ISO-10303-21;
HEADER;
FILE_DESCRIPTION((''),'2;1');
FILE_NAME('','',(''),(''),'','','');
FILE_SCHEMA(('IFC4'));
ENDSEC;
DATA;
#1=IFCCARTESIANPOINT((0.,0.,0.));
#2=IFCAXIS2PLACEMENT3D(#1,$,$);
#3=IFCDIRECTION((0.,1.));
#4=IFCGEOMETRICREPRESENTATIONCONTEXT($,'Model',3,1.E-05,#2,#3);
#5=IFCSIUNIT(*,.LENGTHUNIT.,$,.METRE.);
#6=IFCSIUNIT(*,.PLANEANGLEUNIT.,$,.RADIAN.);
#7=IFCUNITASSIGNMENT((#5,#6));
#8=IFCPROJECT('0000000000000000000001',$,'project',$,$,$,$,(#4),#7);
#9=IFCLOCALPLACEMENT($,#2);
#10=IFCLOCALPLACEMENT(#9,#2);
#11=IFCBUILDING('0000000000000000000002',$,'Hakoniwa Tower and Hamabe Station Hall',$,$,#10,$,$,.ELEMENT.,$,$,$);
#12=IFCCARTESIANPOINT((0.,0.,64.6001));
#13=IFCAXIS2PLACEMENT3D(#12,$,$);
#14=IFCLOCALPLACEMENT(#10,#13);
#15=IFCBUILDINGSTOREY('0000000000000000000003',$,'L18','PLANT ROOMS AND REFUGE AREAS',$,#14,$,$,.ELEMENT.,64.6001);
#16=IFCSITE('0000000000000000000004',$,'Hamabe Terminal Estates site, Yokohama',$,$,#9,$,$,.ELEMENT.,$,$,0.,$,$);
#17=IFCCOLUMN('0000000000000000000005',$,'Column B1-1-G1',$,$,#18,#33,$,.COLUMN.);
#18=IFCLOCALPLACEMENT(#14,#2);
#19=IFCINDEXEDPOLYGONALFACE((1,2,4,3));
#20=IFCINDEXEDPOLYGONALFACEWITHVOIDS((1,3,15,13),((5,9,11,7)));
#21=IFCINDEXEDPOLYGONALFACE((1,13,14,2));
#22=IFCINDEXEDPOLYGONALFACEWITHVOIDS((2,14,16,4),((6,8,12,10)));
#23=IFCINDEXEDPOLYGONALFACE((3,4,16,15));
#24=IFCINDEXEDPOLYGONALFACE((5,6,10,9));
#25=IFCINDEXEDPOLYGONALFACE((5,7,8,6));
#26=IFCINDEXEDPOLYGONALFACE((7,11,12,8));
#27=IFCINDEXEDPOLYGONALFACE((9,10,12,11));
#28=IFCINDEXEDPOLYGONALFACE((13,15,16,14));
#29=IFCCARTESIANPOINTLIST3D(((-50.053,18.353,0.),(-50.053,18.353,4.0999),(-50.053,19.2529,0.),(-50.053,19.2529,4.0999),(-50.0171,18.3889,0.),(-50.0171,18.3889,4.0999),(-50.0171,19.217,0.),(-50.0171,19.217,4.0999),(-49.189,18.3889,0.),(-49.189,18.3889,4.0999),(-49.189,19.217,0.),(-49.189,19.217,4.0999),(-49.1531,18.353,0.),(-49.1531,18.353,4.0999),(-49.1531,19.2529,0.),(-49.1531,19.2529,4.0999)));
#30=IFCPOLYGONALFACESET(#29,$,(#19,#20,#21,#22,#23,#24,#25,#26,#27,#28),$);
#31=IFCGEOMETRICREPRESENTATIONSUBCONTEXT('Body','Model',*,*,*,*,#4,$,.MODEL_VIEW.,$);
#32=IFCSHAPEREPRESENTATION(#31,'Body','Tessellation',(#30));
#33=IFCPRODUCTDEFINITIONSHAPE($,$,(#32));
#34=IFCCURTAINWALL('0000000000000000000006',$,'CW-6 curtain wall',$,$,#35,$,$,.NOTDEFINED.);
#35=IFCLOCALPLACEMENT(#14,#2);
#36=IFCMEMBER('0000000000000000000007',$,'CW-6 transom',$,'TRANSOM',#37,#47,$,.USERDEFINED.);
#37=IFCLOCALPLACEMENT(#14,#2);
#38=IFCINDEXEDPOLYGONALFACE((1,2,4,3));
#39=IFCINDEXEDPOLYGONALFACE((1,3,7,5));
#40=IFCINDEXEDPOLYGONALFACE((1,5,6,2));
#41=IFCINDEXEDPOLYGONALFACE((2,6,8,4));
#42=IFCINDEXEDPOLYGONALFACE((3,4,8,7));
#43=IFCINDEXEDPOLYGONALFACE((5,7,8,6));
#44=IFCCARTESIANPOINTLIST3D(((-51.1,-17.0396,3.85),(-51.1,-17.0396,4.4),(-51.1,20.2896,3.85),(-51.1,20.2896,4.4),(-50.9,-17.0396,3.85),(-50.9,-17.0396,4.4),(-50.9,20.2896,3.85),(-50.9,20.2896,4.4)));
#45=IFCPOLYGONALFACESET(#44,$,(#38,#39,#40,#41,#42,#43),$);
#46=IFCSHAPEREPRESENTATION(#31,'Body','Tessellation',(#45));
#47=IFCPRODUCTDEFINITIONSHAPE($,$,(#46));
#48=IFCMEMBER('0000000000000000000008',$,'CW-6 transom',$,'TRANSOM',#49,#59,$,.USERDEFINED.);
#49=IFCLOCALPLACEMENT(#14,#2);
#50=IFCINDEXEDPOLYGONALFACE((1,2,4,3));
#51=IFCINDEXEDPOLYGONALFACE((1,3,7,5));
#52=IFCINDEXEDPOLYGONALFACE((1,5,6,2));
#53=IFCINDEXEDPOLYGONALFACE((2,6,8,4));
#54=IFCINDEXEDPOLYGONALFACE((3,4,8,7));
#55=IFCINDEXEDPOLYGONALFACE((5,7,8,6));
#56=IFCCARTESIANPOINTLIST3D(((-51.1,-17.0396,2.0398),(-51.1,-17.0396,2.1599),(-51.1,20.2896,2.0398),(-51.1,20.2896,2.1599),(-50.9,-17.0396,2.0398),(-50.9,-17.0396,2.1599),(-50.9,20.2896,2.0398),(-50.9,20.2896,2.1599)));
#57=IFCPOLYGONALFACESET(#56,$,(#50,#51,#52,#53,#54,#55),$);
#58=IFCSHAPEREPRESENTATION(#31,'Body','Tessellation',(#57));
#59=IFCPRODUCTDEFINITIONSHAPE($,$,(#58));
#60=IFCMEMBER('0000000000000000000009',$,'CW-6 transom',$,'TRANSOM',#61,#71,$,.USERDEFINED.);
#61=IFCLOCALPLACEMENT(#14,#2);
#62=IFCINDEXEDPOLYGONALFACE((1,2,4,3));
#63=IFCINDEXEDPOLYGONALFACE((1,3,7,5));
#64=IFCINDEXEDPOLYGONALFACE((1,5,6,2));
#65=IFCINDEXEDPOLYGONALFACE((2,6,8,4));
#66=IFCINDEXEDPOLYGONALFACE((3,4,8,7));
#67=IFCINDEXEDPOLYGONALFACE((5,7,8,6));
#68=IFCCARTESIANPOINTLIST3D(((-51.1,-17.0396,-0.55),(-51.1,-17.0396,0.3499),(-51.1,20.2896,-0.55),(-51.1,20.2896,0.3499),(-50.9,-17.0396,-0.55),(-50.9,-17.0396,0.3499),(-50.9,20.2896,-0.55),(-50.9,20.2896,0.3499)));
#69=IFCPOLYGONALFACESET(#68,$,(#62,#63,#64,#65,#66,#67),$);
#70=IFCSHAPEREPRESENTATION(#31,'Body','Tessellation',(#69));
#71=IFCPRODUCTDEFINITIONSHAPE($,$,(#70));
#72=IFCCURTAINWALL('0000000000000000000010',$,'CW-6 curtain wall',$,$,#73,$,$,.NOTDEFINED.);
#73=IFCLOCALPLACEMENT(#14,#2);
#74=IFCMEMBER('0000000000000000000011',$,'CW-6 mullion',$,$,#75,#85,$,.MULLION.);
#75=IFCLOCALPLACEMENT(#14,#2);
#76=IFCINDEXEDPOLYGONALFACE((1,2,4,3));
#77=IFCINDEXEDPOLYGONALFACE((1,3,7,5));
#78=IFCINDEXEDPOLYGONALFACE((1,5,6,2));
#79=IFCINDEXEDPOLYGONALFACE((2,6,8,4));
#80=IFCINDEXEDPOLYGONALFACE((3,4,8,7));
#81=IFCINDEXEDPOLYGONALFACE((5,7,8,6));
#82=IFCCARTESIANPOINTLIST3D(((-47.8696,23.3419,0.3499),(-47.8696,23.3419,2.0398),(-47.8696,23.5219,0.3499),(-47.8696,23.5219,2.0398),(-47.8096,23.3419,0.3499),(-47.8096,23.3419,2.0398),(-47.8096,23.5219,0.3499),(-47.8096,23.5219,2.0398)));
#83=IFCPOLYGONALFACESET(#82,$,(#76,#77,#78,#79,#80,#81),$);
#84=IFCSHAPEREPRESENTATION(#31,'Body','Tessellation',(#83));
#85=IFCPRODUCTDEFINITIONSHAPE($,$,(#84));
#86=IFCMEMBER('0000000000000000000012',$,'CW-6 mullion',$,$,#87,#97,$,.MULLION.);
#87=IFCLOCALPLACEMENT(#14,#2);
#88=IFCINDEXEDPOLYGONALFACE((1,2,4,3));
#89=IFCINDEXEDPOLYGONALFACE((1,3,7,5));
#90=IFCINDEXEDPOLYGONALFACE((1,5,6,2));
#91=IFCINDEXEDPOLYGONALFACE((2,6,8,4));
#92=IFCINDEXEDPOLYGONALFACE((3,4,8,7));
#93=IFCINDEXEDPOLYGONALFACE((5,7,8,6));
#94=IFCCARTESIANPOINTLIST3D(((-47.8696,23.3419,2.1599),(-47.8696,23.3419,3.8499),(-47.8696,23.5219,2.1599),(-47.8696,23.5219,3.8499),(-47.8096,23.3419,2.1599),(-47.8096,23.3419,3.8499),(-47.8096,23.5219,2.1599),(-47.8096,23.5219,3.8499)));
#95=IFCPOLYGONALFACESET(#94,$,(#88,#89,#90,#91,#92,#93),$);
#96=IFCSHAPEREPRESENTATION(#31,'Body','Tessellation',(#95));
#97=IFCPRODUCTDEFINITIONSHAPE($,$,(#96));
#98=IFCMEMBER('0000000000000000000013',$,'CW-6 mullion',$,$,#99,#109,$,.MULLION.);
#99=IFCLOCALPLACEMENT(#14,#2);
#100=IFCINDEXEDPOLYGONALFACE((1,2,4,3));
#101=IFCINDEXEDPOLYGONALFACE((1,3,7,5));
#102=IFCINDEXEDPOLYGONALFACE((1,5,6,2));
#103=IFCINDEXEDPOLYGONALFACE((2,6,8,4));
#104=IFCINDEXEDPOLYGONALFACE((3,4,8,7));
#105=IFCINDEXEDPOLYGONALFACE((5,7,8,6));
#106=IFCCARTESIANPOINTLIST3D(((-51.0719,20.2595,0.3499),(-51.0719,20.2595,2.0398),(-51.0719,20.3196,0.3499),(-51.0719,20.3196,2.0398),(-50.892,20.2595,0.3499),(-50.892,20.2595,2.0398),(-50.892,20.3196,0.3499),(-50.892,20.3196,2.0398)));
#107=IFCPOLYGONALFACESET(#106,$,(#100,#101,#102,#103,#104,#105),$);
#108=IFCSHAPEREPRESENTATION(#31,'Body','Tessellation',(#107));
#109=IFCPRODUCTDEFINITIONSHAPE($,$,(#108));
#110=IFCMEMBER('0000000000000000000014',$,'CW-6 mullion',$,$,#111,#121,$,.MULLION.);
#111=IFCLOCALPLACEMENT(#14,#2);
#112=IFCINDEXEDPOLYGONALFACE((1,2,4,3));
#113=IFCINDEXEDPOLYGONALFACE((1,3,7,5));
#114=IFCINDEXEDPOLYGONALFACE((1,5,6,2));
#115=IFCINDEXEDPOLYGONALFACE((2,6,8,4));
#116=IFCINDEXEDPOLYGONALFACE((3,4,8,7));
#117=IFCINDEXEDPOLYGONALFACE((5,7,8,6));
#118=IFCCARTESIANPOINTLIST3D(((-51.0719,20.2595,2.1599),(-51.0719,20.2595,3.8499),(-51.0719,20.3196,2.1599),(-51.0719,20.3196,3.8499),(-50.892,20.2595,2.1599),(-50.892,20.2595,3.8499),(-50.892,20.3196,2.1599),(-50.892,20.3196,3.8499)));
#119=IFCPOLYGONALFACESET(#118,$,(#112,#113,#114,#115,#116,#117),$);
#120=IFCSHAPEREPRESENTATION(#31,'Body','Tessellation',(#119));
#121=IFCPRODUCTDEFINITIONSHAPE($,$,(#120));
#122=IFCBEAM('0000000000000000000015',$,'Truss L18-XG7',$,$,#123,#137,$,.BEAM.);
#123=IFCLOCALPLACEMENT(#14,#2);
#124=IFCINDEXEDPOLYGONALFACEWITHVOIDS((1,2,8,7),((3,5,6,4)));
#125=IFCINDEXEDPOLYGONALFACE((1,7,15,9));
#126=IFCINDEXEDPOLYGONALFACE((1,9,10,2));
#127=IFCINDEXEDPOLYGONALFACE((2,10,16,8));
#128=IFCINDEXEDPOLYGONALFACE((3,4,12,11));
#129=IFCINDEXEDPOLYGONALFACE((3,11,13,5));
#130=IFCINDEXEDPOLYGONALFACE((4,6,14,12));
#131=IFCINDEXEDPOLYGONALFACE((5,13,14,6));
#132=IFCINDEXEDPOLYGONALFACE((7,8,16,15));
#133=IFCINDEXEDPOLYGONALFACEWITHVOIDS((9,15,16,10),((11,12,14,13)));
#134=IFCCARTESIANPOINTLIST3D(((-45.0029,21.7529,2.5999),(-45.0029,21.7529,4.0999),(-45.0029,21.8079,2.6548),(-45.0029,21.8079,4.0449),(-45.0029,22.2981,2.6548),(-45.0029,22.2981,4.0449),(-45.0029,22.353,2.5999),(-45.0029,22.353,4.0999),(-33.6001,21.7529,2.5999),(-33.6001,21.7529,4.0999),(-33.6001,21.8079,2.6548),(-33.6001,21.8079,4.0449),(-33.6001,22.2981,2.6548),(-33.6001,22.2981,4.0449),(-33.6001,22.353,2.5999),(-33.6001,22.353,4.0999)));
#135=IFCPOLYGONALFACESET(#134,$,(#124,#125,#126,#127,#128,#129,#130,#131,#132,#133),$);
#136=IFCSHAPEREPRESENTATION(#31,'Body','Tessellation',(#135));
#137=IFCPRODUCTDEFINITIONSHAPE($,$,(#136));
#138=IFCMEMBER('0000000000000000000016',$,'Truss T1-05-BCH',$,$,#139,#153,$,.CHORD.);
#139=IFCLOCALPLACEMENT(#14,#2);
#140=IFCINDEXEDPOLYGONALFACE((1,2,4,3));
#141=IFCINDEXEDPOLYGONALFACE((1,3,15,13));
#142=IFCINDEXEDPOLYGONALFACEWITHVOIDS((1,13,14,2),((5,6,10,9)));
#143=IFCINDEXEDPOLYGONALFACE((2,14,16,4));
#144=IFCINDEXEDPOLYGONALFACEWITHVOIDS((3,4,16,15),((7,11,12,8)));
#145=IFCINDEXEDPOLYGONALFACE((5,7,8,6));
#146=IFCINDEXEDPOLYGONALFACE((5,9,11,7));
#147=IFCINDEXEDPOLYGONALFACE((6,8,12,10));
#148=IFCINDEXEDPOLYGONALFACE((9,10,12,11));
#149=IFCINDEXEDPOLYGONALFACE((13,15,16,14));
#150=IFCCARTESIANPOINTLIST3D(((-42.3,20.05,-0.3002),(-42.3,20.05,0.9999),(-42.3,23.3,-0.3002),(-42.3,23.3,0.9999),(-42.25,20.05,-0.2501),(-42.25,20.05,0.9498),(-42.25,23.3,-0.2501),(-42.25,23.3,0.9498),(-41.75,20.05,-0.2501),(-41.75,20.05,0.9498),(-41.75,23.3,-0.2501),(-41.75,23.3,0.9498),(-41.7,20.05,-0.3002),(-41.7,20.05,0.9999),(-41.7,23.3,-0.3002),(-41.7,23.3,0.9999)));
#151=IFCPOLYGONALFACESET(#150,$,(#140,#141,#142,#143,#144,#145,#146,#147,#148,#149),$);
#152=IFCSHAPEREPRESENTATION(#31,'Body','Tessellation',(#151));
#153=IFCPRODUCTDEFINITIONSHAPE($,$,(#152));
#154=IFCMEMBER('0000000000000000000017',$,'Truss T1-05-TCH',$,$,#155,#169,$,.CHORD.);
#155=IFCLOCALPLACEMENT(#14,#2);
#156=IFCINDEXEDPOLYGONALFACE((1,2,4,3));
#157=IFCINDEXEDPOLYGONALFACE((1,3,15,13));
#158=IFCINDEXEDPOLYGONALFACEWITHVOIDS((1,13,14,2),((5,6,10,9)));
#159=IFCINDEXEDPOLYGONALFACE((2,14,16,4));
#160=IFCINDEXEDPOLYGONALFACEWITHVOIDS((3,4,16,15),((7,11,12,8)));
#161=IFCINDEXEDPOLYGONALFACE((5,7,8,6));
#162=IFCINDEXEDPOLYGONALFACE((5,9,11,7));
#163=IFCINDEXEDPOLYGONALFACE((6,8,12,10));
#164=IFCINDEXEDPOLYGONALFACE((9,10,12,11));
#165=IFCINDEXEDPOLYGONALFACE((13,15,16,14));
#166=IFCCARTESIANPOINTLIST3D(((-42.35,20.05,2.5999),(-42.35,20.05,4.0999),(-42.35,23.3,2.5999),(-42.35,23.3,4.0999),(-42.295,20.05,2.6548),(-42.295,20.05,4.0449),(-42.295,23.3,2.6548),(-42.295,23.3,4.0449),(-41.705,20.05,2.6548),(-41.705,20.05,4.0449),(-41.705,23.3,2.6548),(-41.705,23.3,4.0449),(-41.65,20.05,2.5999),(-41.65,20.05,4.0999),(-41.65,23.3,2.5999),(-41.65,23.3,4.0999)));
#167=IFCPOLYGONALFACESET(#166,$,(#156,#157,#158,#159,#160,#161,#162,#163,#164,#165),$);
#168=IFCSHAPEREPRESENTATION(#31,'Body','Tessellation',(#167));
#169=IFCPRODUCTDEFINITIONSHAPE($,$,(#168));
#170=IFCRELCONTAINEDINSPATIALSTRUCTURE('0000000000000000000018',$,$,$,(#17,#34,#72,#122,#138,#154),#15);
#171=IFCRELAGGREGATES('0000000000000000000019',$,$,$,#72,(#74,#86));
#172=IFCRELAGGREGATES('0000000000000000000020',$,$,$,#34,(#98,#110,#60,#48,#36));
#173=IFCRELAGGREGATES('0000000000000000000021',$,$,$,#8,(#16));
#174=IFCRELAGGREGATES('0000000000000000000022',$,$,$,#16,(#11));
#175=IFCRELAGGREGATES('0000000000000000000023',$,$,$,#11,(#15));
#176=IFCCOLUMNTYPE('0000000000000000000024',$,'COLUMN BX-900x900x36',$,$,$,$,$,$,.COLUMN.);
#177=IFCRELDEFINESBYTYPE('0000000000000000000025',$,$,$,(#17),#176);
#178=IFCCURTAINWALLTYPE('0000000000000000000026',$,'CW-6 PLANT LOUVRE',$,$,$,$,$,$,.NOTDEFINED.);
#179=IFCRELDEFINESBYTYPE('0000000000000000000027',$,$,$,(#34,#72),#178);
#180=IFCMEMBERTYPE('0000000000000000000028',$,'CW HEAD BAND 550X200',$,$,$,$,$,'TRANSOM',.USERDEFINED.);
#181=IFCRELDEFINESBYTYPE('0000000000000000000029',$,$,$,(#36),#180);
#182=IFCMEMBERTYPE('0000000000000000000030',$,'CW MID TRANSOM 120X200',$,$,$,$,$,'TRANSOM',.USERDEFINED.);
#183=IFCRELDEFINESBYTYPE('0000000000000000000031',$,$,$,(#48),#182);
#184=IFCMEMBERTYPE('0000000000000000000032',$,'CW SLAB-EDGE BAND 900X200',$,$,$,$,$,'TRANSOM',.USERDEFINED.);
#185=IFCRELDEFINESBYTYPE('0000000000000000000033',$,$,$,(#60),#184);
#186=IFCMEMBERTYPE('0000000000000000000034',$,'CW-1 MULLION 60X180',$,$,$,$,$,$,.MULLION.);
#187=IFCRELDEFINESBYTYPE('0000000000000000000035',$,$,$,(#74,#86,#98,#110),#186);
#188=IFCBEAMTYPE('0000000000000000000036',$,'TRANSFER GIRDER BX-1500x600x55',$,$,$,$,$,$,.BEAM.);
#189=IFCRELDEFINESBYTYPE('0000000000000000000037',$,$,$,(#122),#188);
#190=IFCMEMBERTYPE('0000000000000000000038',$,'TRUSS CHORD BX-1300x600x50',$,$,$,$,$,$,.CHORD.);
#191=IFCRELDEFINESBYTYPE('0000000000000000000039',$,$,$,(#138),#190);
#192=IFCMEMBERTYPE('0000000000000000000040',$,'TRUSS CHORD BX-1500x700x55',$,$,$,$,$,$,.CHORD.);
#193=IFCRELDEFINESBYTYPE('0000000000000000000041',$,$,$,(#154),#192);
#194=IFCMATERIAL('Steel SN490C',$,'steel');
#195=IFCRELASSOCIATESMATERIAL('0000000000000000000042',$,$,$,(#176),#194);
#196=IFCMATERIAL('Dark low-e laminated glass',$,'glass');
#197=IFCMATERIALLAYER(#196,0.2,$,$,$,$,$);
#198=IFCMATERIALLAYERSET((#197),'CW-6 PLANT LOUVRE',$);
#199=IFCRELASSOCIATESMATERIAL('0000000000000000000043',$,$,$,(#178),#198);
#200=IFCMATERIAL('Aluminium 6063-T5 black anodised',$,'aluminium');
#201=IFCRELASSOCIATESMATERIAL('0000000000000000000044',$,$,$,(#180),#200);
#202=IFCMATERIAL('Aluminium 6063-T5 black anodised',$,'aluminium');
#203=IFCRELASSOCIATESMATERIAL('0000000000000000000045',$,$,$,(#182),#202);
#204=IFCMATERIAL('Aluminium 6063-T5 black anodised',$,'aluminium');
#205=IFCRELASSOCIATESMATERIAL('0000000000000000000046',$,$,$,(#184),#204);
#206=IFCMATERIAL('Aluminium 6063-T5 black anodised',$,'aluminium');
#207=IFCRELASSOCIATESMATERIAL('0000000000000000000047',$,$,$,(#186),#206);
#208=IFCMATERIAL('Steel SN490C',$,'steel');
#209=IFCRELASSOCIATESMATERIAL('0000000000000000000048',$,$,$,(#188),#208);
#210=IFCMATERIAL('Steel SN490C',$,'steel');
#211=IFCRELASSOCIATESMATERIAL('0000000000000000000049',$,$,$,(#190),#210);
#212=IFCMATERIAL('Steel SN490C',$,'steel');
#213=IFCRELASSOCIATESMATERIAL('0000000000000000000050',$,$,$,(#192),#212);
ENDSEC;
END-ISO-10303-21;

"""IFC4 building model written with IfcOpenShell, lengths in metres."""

from ifc_helpers import new_model, si_unit, direction, frame, origin, origin_2d, place, context, subcontext, project, spatial, rectangle, hollow_rectangle, extrude, material, layer, layer_set, material_profile, profile_set, type_object, element, aggregate, save


model = new_model("IFC4")

# Units and contexts
model_context = context("Model", 3, precision=1e-05, world=origin(), true_north=direction((0.0, 1.0)))
body_context = subcontext(model_context, "Body", "Model", "MODEL_VIEW")
ifc_project = project(units=[si_unit("LENGTHUNIT", "METRE"), si_unit("PLANEANGLEUNIT", "RADIAN")], contexts=[model_context])

# Site, building, storey
site_placement = place(None, origin())
site = spatial("IfcSite", under=ifc_project, at=site_placement, Name="Hamabe Terminal Estates site, Yokohama", CompositionType="ELEMENT", RefElevation=0.0)
building_placement = place(site_placement, origin())
building = spatial("IfcBuilding", under=site, at=building_placement, Name="Hakoniwa Tower and Hamabe Station Hall", CompositionType="ELEMENT")
storey_placement = place(building_placement, frame((0.0, 0.0, 64.6001)))
storey = spatial("IfcBuildingStorey", under=building, at=storey_placement, Name="L18", Description="PLANT ROOMS AND REFUGE AREAS", CompositionType="ELEMENT", Elevation=64.6001)

# Column
ifc_material_1 = material(Name="Steel SN490C", Category="steel")
ifc_material_profile_1 = material_profile(ifc_material_1, hollow_rectangle(XDim=0.8999, YDim=0.8999, WallThickness=0.0359, at=origin_2d()), Name="BX-900x900x36")
ifc_profile_set_1 = profile_set([ifc_material_profile_1], Name="Steel SN490C")
column_type = type_object("IfcColumnType", Name="COLUMN BX-900x900x36", PredefinedType="COLUMN", material=ifc_profile_set_1)
column_placement = place(storey_placement, frame((-49.603, 18.803, 0.0), z_axis=(0.0, 0.0, 1.0), x_axis=(1.0, 0.0, 0.0)))
element("IfcColumn", 1, at=column_placement, inside=storey, type_object=column_type, Name="Column B1-1-G1", PredefinedType="COLUMN", context=body_context, shape_type="SweptSolid", body=[
    extrude(hollow_rectangle(XDim=0.8999, YDim=0.8999, WallThickness=0.0359, at=origin_2d()), origin(), (0.0, 0.0, 1.0), 4.0999),
])

# Curtain walls, members
ifc_material_2 = material(Name="Dark low-e laminated glass", Category="glass")
ifc_layer_1 = layer(ifc_material_2, 0.2)
ifc_layer_set_1 = layer_set([ifc_layer_1], Name="CW-6 PLANT LOUVRE")
curtain_wall_type = type_object("IfcCurtainWallType", Name="CW-6 PLANT LOUVRE", PredefinedType="NOTDEFINED", material=ifc_layer_set_1)
curtain_wall_1_placement = place(storey_placement, origin())
curtain_wall_1 = element("IfcCurtainWall", 2, at=curtain_wall_1_placement, inside=storey, type_object=curtain_wall_type, Name="CW-6 curtain wall", PredefinedType="NOTDEFINED")
ifc_material_3 = material(Name="Aluminium 6063-T5 black anodised", Category="aluminium")
ifc_material_profile_2 = material_profile(ifc_material_3, rectangle(XDim=0.2, YDim=0.55, at=origin_2d()), Name="CW HEAD BAND 550X200")
ifc_profile_set_2 = profile_set([ifc_material_profile_2], Name="Aluminium 6063-T5 black anodised")
member_type_1 = type_object("IfcMemberType", Name="CW HEAD BAND 550X200", ElementType="TRANSOM", PredefinedType="USERDEFINED", material=ifc_profile_set_2)
member_1_placement = place(storey_placement, frame((-51.0, 20.2896, 4.125), z_axis=(0.0, -1.0, 0.0), x_axis=(1.0, 0.0, 0.0)))
member_1 = element("IfcMember", 3, at=member_1_placement, type_object=member_type_1, Name="CW-6 transom", ObjectType="TRANSOM", PredefinedType="USERDEFINED", context=body_context, shape_type="SweptSolid", body=[
    extrude(rectangle(XDim=0.2, YDim=0.55, at=origin_2d()), origin(), (0.0, 0.0, 1.0), 37.3291),
])
ifc_material_4 = material(Name="Aluminium 6063-T5 black anodised", Category="aluminium")
ifc_material_profile_3 = material_profile(ifc_material_4, rectangle(XDim=0.2, YDim=0.1201, at=origin_2d()), Name="CW MID TRANSOM 120X200")
ifc_profile_set_3 = profile_set([ifc_material_profile_3], Name="Aluminium 6063-T5 black anodised")
member_type_2 = type_object("IfcMemberType", Name="CW MID TRANSOM 120X200", ElementType="TRANSOM", PredefinedType="USERDEFINED", material=ifc_profile_set_3)
member_2_placement = place(storey_placement, frame((-51.0, 20.2896, 2.0999), z_axis=(0.0, -1.0, 0.0), x_axis=(1.0, 0.0, 0.0)))
member_2 = element("IfcMember", 4, at=member_2_placement, type_object=member_type_2, Name="CW-6 transom", ObjectType="TRANSOM", PredefinedType="USERDEFINED", context=body_context, shape_type="SweptSolid", body=[
    extrude(rectangle(XDim=0.2, YDim=0.1201, at=origin_2d()), origin(), (0.0, 0.0, 1.0), 37.3291),
])
ifc_material_5 = material(Name="Aluminium 6063-T5 black anodised", Category="aluminium")
ifc_material_profile_4 = material_profile(ifc_material_5, rectangle(XDim=0.2, YDim=0.8999, at=origin_2d()), Name="CW SLAB-EDGE BAND 900X200")
ifc_profile_set_4 = profile_set([ifc_material_profile_4], Name="Aluminium 6063-T5 black anodised")
member_type_3 = type_object("IfcMemberType", Name="CW SLAB-EDGE BAND 900X200", ElementType="TRANSOM", PredefinedType="USERDEFINED", material=ifc_profile_set_4)
member_3_placement = place(storey_placement, frame((-51.0, 20.2896, -0.1001), z_axis=(0.0, -1.0, 0.0), x_axis=(1.0, 0.0, 0.0)))
member_3 = element("IfcMember", 5, at=member_3_placement, type_object=member_type_3, Name="CW-6 transom", ObjectType="TRANSOM", PredefinedType="USERDEFINED", context=body_context, shape_type="SweptSolid", body=[
    extrude(rectangle(XDim=0.2, YDim=0.8999, at=origin_2d()), origin(), (0.0, 0.0, 1.0), 37.3291),
])
curtain_wall_2_placement = place(storey_placement, origin())
curtain_wall_2 = element("IfcCurtainWall", 6, at=curtain_wall_2_placement, inside=storey, type_object=curtain_wall_type, Name="CW-6 curtain wall", PredefinedType="NOTDEFINED")
ifc_material_6 = material(Name="Aluminium 6063-T5 black anodised", Category="aluminium")
ifc_material_profile_5 = material_profile(ifc_material_6, rectangle(XDim=0.0601, YDim=0.1799, at=origin_2d()), Name="CW-1 MULLION 60X180")
ifc_profile_set_5 = profile_set([ifc_material_profile_5], Name="Aluminium 6063-T5 black anodised")
member_type_4 = type_object("IfcMemberType", Name="CW-1 MULLION 60X180", PredefinedType="MULLION", material=ifc_profile_set_5)
member_4_placement = place(storey_placement, frame((-47.8396, 23.4319, 0.3499), z_axis=(0.0, 0.0, 1.0), x_axis=(-1.0, 0.0, 0.0)))
member_4 = element("IfcMember", 7, at=member_4_placement, type_object=member_type_4, Name="CW-6 mullion", PredefinedType="MULLION", context=body_context, shape_type="SweptSolid", body=[
    extrude(rectangle(XDim=0.0601, YDim=0.1799, at=origin_2d()), origin(), (0.0, 0.0, 1.0), 1.6899),
])
member_5_placement = place(storey_placement, frame((-47.8396, 23.4319, 2.1599), z_axis=(0.0, 0.0, 1.0), x_axis=(-1.0, 0.0, 0.0)))
member_5 = element("IfcMember", 8, at=member_5_placement, type_object=member_type_4, Name="CW-6 mullion", PredefinedType="MULLION", context=body_context, shape_type="SweptSolid", body=[
    extrude(rectangle(XDim=0.0601, YDim=0.1799, at=origin_2d()), origin(), (0.0, 0.0, 1.0), 1.6899),
])

# Members
member_6_placement = place(storey_placement, frame((-50.9819, 20.2896, 0.3499), z_axis=(0.0, 0.0, 1.0), x_axis=(0.0, -1.0, 0.0)))
member_6 = element("IfcMember", 9, at=member_6_placement, type_object=member_type_4, Name="CW-6 mullion", PredefinedType="MULLION", context=body_context, shape_type="SweptSolid", body=[
    extrude(rectangle(XDim=0.0601, YDim=0.1799, at=origin_2d()), origin(), (0.0, 0.0, 1.0), 1.6899),
])
member_7_placement = place(storey_placement, frame((-50.9819, 20.2896, 2.1599), z_axis=(0.0, 0.0, 1.0), x_axis=(0.0, -1.0, 0.0)))
member_7 = element("IfcMember", 10, at=member_7_placement, type_object=member_type_4, Name="CW-6 mullion", PredefinedType="MULLION", context=body_context, shape_type="SweptSolid", body=[
    extrude(rectangle(XDim=0.0601, YDim=0.1799, at=origin_2d()), origin(), (0.0, 0.0, 1.0), 1.6899),
])

# Beam
ifc_material_7 = material(Name="Steel SN490C", Category="steel")
ifc_material_profile_6 = material_profile(ifc_material_7, hollow_rectangle(XDim=0.6001, YDim=1.5, WallThickness=0.0549, at=origin_2d()), Name="BX-1500x600x55")
ifc_profile_set_6 = profile_set([ifc_material_profile_6], Name="Steel SN490C")
beam_type = type_object("IfcBeamType", Name="TRANSFER GIRDER BX-1500x600x55", PredefinedType="BEAM", material=ifc_profile_set_6)
beam_placement = place(storey_placement, frame((-45.0029, 22.053, 3.3499), z_axis=(1.0, 0.0, 0.0), x_axis=(0.0, 1.0, 0.0)))
element("IfcBeam", 11, at=beam_placement, inside=storey, type_object=beam_type, Name="Truss L18-XG7", PredefinedType="BEAM", context=body_context, shape_type="SweptSolid", body=[
    extrude(hollow_rectangle(XDim=0.6001, YDim=1.5, WallThickness=0.0549, at=origin_2d()), origin(), (0.0, 0.0, 1.0), 11.4028),
])

# Members
ifc_material_8 = material(Name="Steel SN490C", Category="steel")
ifc_material_profile_7 = material_profile(ifc_material_8, hollow_rectangle(XDim=0.6001, YDim=1.3, WallThickness=0.05, at=origin_2d()), Name="BX-1300x600x50")
ifc_profile_set_7 = profile_set([ifc_material_profile_7], Name="Steel SN490C")
member_type_5 = type_object("IfcMemberType", Name="TRUSS CHORD BX-1300x600x50", PredefinedType="CHORD", material=ifc_profile_set_7)
member_8_placement = place(storey_placement, frame((-42.0, 20.05, 0.3499), z_axis=(0.0, 1.0, 0.0), x_axis=(-1.0, 0.0, 0.0)))
element("IfcMember", 12, at=member_8_placement, inside=storey, type_object=member_type_5, Name="Truss T1-05-BCH", PredefinedType="CHORD", context=body_context, shape_type="SweptSolid", body=[
    extrude(hollow_rectangle(XDim=0.6001, YDim=1.3, WallThickness=0.05, at=origin_2d()), origin(), (0.0, 0.0, 1.0), 3.25),
])
ifc_material_9 = material(Name="Steel SN490C", Category="steel")
ifc_material_profile_8 = material_profile(ifc_material_9, hollow_rectangle(XDim=0.7, YDim=1.5, WallThickness=0.0549, at=origin_2d()), Name="BX-1500x700x55")
ifc_profile_set_8 = profile_set([ifc_material_profile_8], Name="Steel SN490C")
member_type_6 = type_object("IfcMemberType", Name="TRUSS CHORD BX-1500x700x55", PredefinedType="CHORD", material=ifc_profile_set_8)
member_9_placement = place(storey_placement, frame((-42.0, 20.05, 3.3499), z_axis=(0.0, 1.0, 0.0), x_axis=(-1.0, 0.0, 0.0)))
element("IfcMember", 13, at=member_9_placement, inside=storey, type_object=member_type_6, Name="Truss T1-05-TCH", PredefinedType="CHORD", context=body_context, shape_type="SweptSolid", body=[
    extrude(hollow_rectangle(XDim=0.7, YDim=1.5, WallThickness=0.0549, at=origin_2d()), origin(), (0.0, 0.0, 1.0), 3.25),
])

aggregate(curtain_wall_2, [member_4, member_5])
aggregate(curtain_wall_1, [member_6, member_7, member_3, member_2, member_1])

save(model, "model.ifc")
